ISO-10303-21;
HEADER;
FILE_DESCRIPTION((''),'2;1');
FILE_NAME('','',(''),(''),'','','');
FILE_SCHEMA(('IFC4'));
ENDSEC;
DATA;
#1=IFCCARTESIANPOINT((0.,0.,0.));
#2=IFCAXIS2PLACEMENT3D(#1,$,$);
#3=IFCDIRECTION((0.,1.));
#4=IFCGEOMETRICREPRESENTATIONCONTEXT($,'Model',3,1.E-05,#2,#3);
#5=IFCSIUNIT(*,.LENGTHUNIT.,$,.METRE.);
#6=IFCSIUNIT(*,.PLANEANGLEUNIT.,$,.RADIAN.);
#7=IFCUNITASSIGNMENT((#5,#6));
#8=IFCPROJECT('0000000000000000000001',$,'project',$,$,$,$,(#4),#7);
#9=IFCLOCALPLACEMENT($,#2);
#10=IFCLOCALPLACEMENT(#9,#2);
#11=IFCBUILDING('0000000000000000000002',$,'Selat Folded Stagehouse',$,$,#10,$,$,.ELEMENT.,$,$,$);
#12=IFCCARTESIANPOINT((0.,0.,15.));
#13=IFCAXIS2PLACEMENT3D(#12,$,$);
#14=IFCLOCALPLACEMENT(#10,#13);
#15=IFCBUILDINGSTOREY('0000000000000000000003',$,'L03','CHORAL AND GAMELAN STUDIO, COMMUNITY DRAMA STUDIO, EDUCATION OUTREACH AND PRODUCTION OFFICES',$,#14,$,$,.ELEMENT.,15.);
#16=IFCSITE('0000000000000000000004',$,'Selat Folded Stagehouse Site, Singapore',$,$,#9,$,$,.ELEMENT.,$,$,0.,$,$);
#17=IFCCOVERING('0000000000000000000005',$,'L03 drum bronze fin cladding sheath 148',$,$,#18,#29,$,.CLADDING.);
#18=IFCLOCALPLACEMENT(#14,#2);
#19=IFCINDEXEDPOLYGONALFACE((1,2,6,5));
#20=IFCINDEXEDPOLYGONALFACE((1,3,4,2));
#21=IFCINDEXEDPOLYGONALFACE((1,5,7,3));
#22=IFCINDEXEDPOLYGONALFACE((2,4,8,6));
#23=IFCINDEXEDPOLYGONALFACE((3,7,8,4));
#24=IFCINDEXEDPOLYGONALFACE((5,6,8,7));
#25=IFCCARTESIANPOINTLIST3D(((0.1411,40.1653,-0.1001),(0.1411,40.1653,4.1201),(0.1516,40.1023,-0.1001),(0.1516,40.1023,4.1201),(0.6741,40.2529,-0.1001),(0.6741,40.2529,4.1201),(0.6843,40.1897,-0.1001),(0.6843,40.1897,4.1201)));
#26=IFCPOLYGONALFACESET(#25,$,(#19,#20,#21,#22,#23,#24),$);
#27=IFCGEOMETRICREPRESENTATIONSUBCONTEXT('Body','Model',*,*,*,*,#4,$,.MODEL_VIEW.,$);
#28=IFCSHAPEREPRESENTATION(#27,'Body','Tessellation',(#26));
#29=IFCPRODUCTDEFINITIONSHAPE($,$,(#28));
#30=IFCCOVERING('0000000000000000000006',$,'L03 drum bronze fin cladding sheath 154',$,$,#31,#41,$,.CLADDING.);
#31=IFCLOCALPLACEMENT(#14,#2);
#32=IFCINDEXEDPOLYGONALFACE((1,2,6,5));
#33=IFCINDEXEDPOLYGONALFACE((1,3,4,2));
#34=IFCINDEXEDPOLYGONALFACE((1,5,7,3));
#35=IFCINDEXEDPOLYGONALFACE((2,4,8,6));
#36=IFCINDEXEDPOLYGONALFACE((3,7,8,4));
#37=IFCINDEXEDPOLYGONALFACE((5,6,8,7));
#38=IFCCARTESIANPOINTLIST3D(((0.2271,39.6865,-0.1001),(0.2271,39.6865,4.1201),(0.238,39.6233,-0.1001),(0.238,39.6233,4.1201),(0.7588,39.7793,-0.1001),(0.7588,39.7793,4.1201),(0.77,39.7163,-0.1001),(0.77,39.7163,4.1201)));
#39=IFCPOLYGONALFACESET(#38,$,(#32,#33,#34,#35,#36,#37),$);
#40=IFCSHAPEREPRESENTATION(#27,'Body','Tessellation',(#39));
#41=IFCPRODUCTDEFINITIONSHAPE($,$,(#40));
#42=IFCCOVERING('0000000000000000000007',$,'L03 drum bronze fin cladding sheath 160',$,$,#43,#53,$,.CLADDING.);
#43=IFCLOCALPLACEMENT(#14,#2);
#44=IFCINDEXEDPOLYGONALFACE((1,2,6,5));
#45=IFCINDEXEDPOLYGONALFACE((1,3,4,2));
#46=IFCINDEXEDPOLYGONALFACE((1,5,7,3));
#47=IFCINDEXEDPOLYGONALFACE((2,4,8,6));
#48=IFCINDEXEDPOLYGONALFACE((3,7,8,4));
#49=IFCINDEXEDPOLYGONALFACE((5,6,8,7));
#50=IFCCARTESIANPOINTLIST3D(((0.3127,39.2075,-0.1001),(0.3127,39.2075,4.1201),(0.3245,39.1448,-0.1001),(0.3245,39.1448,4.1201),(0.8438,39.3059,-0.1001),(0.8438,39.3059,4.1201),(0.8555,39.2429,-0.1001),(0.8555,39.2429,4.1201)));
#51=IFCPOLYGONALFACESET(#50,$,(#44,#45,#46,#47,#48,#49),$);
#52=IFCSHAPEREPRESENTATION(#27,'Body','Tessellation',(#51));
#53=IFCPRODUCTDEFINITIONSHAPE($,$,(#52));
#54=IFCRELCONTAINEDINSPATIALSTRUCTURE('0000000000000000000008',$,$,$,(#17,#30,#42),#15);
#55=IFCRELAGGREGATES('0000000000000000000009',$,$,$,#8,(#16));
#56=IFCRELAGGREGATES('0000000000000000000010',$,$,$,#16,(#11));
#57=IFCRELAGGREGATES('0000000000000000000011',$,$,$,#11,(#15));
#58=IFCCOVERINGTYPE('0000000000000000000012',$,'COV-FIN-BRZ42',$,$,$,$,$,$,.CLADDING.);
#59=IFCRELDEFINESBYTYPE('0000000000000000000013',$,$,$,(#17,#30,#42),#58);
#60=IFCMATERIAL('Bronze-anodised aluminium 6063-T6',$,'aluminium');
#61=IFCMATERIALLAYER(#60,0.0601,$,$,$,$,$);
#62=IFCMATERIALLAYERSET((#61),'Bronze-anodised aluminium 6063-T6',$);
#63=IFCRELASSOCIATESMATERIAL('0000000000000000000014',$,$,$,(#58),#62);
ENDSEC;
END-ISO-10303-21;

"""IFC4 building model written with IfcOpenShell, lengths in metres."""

from ifc_helpers import new_model, si_unit, direction, frame, origin, place, context, subcontext, project, spatial, polyline, outline, extrude, material, layer, layer_set, type_object, element, save


model = new_model("IFC4")

# Units and contexts
model_context = context("Model", 3, precision=1e-05, world=origin(), true_north=direction((0.0, 1.0)))
body_context = subcontext(model_context, "Body", "Model", "MODEL_VIEW")
ifc_project = project(units=[si_unit("LENGTHUNIT", "METRE"), si_unit("PLANEANGLEUNIT", "RADIAN")], contexts=[model_context])

# Site, building, storey
site_placement = place(None, origin())
site = spatial("IfcSite", under=ifc_project, at=site_placement, Name="Selat Folded Stagehouse Site, Singapore", CompositionType="ELEMENT", RefElevation=0.0)
building_placement = place(site_placement, origin())
building = spatial("IfcBuilding", under=site, at=building_placement, Name="Selat Folded Stagehouse", CompositionType="ELEMENT")
storey_placement = place(building_placement, frame((0.0, 0.0, 15.0)))
storey = spatial("IfcBuildingStorey", under=building, at=storey_placement, Name="L03", Description="CHORAL AND GAMELAN STUDIO, COMMUNITY DRAMA STUDIO, EDUCATION OUTREACH AND PRODUCTION OFFICES", CompositionType="ELEMENT", Elevation=15.0)

# Coverings
ifc_material = material(Name="Bronze-anodised aluminium 6063-T6", Category="aluminium")
ifc_layer = layer(ifc_material, 0.0601)
ifc_layer_set = layer_set([ifc_layer], Name="Bronze-anodised aluminium 6063-T6")
covering_type = type_object("IfcCoveringType", Name="COV-FIN-BRZ42", PredefinedType="CLADDING", material=ifc_layer_set)
covering_1_placement = place(storey_placement, frame((0.0, 0.0, -0.1001)))
element("IfcCovering", 1, at=covering_1_placement, inside=storey, type_object=covering_type, Name="L03 drum bronze fin cladding sheath 148", PredefinedType="CLADDING", context=body_context, shape_type="SweptSolid", body=[
    extrude(outline(polyline([(0.6741, 40.2529), (0.1411, 40.1653), (0.1516, 40.1023), (0.6843, 40.1897), (0.6741, 40.2529)])), origin(), (0.0, 0.0, 1.0), 4.2202),
])
covering_2_placement = place(storey_placement, frame((0.0, 0.0, -0.1001)))
element("IfcCovering", 2, at=covering_2_placement, inside=storey, type_object=covering_type, Name="L03 drum bronze fin cladding sheath 154", PredefinedType="CLADDING", context=body_context, shape_type="SweptSolid", body=[
    extrude(outline(polyline([(0.7588, 39.7793), (0.2271, 39.6865), (0.238, 39.6233), (0.77, 39.7163), (0.7588, 39.7793)])), origin(), (0.0, 0.0, 1.0), 4.2202),
])
covering_3_placement = place(storey_placement, frame((0.0, 0.0, -0.1001)))
element("IfcCovering", 3, at=covering_3_placement, inside=storey, type_object=covering_type, Name="L03 drum bronze fin cladding sheath 160", PredefinedType="CLADDING", context=body_context, shape_type="SweptSolid", body=[
    extrude(outline(polyline([(0.8438, 39.3059), (0.3127, 39.2075), (0.3245, 39.1448), (0.8555, 39.2429), (0.8438, 39.3059)])), origin(), (0.0, 0.0, 1.0), 4.2202),
])

save(model, "model.ifc")
